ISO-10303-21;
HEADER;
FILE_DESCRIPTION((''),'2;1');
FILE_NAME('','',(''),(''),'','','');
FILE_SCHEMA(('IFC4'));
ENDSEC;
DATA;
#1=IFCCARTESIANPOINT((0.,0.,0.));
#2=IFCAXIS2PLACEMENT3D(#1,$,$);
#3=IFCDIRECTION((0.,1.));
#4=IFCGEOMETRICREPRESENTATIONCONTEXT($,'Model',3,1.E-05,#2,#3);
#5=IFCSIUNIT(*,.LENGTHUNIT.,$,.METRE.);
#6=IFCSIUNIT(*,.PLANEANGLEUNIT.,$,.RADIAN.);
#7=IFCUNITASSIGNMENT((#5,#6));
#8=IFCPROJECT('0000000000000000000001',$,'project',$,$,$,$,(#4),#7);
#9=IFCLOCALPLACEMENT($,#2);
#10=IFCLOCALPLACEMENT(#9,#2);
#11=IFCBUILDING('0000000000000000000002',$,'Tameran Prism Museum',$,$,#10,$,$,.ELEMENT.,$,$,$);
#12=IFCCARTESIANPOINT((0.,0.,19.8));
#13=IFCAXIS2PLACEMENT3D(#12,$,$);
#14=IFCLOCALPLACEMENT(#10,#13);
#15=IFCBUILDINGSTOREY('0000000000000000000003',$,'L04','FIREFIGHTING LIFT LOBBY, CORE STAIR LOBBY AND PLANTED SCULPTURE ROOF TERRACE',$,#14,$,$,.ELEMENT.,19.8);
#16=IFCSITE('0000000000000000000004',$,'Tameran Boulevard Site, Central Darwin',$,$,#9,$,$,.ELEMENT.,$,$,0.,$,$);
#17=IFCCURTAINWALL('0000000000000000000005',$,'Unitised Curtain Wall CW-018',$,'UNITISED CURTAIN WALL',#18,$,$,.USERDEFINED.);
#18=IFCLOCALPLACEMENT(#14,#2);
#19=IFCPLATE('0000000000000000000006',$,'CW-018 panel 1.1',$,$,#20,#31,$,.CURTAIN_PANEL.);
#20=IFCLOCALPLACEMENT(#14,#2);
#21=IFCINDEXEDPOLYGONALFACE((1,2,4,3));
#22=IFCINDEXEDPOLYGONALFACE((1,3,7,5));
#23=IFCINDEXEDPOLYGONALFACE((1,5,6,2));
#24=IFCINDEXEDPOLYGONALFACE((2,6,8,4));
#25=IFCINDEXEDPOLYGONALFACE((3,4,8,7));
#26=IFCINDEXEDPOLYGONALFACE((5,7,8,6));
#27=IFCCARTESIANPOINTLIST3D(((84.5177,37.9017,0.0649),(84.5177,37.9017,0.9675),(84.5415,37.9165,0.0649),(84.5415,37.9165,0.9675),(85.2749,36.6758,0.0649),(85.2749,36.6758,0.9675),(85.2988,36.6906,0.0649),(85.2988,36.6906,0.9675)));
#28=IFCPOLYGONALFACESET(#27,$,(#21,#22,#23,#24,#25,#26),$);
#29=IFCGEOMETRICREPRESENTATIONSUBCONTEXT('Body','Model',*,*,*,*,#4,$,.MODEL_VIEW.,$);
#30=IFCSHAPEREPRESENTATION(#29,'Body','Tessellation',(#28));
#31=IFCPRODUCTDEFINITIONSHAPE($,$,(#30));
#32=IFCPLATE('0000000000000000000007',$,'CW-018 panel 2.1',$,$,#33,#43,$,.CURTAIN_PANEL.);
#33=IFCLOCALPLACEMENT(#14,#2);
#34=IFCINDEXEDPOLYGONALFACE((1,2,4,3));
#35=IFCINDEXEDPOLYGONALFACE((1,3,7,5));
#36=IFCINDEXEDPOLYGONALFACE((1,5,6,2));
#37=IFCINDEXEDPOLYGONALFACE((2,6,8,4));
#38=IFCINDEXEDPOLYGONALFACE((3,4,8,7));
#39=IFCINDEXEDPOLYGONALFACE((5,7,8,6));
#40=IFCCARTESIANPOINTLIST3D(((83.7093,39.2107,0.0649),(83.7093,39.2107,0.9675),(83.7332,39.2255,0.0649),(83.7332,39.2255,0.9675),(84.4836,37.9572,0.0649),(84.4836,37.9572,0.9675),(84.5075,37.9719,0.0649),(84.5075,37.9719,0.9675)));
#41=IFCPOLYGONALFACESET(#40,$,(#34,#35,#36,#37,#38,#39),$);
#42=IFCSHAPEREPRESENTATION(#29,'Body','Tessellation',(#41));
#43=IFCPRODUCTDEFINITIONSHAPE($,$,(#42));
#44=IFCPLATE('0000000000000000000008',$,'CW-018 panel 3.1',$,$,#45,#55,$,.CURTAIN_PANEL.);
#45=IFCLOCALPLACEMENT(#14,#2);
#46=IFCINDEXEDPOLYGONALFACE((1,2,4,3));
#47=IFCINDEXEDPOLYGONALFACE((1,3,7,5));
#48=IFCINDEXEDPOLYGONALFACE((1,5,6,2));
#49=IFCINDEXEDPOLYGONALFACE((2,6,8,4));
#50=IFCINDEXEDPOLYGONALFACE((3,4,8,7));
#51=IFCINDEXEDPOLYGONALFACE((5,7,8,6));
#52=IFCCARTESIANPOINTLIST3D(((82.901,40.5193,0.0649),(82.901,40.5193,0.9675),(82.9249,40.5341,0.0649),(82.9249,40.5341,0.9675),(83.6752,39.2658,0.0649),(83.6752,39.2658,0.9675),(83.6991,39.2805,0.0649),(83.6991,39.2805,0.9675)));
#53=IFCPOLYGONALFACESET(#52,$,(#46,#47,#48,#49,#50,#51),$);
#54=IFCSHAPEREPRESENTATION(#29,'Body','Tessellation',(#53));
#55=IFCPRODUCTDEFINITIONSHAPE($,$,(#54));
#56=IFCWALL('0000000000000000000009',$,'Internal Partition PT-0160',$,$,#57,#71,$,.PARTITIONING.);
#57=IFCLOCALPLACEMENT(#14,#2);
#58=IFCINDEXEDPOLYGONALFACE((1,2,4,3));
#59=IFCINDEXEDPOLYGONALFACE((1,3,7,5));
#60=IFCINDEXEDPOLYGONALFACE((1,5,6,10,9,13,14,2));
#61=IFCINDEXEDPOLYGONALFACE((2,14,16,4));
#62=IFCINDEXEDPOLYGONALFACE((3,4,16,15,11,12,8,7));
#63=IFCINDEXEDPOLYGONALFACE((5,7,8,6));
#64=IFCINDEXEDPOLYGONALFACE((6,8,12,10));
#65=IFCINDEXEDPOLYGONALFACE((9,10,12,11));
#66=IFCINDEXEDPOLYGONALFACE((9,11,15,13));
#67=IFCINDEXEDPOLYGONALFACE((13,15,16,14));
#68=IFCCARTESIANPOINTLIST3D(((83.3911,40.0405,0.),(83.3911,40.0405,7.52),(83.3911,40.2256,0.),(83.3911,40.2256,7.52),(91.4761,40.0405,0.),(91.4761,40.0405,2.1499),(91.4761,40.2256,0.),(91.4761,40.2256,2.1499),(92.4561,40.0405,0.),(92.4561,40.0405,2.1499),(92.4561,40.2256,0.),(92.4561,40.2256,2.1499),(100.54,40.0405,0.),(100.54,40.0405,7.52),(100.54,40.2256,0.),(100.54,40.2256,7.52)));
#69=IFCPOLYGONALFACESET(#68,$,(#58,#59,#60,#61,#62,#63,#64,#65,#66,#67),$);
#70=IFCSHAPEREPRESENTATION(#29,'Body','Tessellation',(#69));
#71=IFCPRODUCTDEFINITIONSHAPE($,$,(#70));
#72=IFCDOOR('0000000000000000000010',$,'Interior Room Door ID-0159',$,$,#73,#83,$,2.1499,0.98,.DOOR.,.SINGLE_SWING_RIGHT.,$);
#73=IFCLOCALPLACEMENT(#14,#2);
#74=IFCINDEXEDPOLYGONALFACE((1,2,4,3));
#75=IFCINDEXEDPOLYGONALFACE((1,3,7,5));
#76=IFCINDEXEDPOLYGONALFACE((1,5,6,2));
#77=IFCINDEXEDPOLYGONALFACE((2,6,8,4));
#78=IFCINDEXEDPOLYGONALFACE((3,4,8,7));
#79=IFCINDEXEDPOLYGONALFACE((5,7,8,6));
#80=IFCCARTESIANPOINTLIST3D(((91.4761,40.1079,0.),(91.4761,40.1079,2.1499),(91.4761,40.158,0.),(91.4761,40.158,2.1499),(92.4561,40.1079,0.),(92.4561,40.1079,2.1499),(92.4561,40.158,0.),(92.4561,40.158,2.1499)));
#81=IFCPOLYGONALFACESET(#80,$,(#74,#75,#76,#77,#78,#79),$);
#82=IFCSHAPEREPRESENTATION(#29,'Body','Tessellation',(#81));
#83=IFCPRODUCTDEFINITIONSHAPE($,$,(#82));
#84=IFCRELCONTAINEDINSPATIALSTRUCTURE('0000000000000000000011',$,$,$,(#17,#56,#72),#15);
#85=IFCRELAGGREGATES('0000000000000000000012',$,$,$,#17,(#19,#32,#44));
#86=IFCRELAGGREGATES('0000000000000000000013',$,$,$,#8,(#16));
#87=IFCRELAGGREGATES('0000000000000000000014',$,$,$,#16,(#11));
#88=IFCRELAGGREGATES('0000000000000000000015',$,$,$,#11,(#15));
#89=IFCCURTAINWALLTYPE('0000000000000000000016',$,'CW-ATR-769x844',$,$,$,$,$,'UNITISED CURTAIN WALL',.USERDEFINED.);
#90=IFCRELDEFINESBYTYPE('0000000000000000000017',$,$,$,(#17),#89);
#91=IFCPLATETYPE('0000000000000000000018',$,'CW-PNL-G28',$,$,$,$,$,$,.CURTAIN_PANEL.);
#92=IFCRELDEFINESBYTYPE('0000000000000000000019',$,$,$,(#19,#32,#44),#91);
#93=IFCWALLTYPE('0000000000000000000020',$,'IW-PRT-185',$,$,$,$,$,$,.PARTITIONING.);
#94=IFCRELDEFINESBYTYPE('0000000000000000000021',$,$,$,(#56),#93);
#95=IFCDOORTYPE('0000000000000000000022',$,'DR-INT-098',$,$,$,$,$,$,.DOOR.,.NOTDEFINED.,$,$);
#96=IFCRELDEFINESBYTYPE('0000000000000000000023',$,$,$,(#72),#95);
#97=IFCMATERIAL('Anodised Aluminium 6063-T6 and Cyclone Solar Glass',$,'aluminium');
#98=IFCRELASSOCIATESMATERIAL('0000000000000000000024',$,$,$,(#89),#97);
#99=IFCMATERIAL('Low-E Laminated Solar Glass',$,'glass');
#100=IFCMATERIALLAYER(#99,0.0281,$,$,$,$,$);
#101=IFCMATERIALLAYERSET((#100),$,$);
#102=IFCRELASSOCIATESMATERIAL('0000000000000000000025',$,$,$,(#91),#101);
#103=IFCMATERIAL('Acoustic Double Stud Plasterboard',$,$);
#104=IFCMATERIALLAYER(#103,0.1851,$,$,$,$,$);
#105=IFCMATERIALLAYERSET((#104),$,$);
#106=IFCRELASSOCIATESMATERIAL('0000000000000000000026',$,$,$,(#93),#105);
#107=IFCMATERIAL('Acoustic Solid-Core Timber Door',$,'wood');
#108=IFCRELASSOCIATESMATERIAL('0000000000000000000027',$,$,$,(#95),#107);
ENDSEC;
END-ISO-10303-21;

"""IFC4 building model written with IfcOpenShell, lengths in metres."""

from ifc_helpers import new_model, si_unit, direction, frame, frame_2d, origin, origin_2d, place, context, subcontext, project, spatial, rectangle, extrude, material, layer, layer_set, type_object, element, fill, aggregate, save


model = new_model("IFC4")

# Units and contexts
model_context = context("Model", 3, precision=1e-05, world=origin(), true_north=direction((0.0, 1.0)))
body_context = subcontext(model_context, "Body", "Model", "MODEL_VIEW")
ifc_project = project(units=[si_unit("LENGTHUNIT", "METRE"), si_unit("PLANEANGLEUNIT", "RADIAN")], contexts=[model_context])

# Site, building, storey
site_placement = place(None, origin())
site = spatial("IfcSite", under=ifc_project, at=site_placement, Name="Tameran Boulevard Site, Central Darwin", CompositionType="ELEMENT", RefElevation=0.0)
building_placement = place(site_placement, origin())
building = spatial("IfcBuilding", under=site, at=building_placement, Name="Tameran Prism Museum", CompositionType="ELEMENT")
storey_placement = place(building_placement, frame((0.0, 0.0, 19.8)))
storey = spatial("IfcBuildingStorey", under=building, at=storey_placement, Name="L04", Description="FIREFIGHTING LIFT LOBBY, CORE STAIR LOBBY AND PLANTED SCULPTURE ROOF TERRACE", CompositionType="ELEMENT", Elevation=19.8)

# Curtain wall
ifc_material_1 = material(Name="Anodised Aluminium 6063-T6 and Cyclone Solar Glass", Category="aluminium")
curtain_wall_type = type_object("IfcCurtainWallType", Name="CW-ATR-769x844", ElementType="UNITISED CURTAIN WALL", PredefinedType="USERDEFINED", material=ifc_material_1)
curtain_wall_1_placement = place(storey_placement, origin())
curtain_wall_1 = element("IfcCurtainWall", 1, at=curtain_wall_1_placement, inside=storey, type_object=curtain_wall_type, Name="Unitised Curtain Wall CW-018", ObjectType="UNITISED CURTAIN WALL", PredefinedType="USERDEFINED")

# Plates
ifc_material_2 = material(Name="Low-E Laminated Solar Glass", Category="glass")
ifc_layer_1 = layer(ifc_material_2, 0.0281)
ifc_layer_set_1 = layer_set([ifc_layer_1])
plate_type = type_object("IfcPlateType", Name="CW-PNL-G28", PredefinedType="CURTAIN_PANEL", material=ifc_layer_set_1)
plate_1_placement = place(storey_placement, frame((84.9082, 37.2961, 0.0649), z_axis=(0.0, 0.0, 1.0), x_axis=(-0.525504, 0.850791, 0.0)))
plate_1 = element("IfcPlate", 2, at=plate_1_placement, type_object=plate_type, Name="CW-018 panel 1.1", PredefinedType="CURTAIN_PANEL", context=body_context, shape_type="SweptSolid", body=[
    extrude(rectangle(XDim=1.4409, YDim=0.0281, at=origin_2d()), origin(), (0.0, 0.0, 1.0), 0.9026),
])
plate_2_placement = place(storey_placement, frame((84.1084, 38.5913, 0.0649), z_axis=(0.0, 0.0, 1.0), x_axis=(-0.525504, 0.850791, 0.0)))
plate_2 = element("IfcPlate", 3, at=plate_2_placement, type_object=plate_type, Name="CW-018 panel 2.1", PredefinedType="CURTAIN_PANEL", context=body_context, shape_type="SweptSolid", body=[
    extrude(rectangle(XDim=1.4734, YDim=0.0281, at=origin_2d()), origin(), (0.0, 0.0, 1.0), 0.9026),
])
plate_3_placement = place(storey_placement, frame((83.3, 39.8999, 0.0649), z_axis=(0.0, 0.0, 1.0), x_axis=(-0.525504, 0.850791, 0.0)))
plate_3 = element("IfcPlate", 4, at=plate_3_placement, type_object=plate_type, Name="CW-018 panel 3.1", PredefinedType="CURTAIN_PANEL", context=body_context, shape_type="SweptSolid", body=[
    extrude(rectangle(XDim=1.4734, YDim=0.0281, at=origin_2d()), origin(), (0.0, 0.0, 1.0), 0.9026),
])
aggregate(curtain_wall_1, [plate_1, plate_2, plate_3])

# Wall, opening, door
ifc_material_3 = material(Name="Acoustic Double Stud Plasterboard")
ifc_layer_2 = layer(ifc_material_3, 0.1851)
ifc_layer_set_2 = layer_set([ifc_layer_2])
wall_type = type_object("IfcWallType", Name="IW-PRT-185", PredefinedType="PARTITIONING", material=ifc_layer_set_2)
wall_placement = place(storey_placement, frame((83.3911, 40.1331, 0.0), z_axis=(0.0, 0.0, 1.0), x_axis=(1.0, 0.0, 0.0)))
wall = element("IfcWall", 5, at=wall_placement, inside=storey, type_object=wall_type, Name="Internal Partition PT-0160", PredefinedType="PARTITIONING", context=body_context, shape_type="SweptSolid", body=[
    extrude(rectangle(XDim=17.1489, YDim=0.1851, at=frame_2d((8.5745, 0.0))), origin(), (0.0, 0.0, 1.0), 7.52),
])
opening_placement = place(wall_placement, frame((8.085, 0.0, 0.0)))
opening = element("IfcOpeningElement", 6, at=opening_placement, cuts=wall, PredefinedType="OPENING", context=body_context, shape_type="SweptSolid", body=[
    extrude(rectangle(XDim=0.98, YDim=2.1499, at=frame_2d((0.49, 1.075))), frame((0.0, 0.1025, 0.0), z_axis=(0.0, -1.0, 0.0), x_axis=(1.0, 0.0, 0.0)), (0.0, 0.0, 1.0), 0.2051),
])
ifc_material_4 = material(Name="Acoustic Solid-Core Timber Door", Category="wood")
door_type = type_object("IfcDoorType", Name="DR-INT-098", OperationType="NOTDEFINED", PredefinedType="DOOR", material=ifc_material_4)
door_placement = place(opening_placement, origin())
door = element("IfcDoor", 7, at=door_placement, inside=storey, type_object=door_type, Name="Interior Room Door ID-0159", OperationType="SINGLE_SWING_RIGHT", OverallHeight=2.1499, OverallWidth=0.98, PredefinedType="DOOR", context=body_context, shape_type="SweptSolid", body=[
    extrude(rectangle(XDim=0.98, YDim=2.1499, at=frame_2d((0.49, 1.075))), frame((0.0, 0.0249, 0.0), z_axis=(0.0, -1.0, 0.0), x_axis=(1.0, 0.0, 0.0)), (0.0, 0.0, 1.0), 0.05),
])
fill(opening, door)

save(model, "model.ifc")
